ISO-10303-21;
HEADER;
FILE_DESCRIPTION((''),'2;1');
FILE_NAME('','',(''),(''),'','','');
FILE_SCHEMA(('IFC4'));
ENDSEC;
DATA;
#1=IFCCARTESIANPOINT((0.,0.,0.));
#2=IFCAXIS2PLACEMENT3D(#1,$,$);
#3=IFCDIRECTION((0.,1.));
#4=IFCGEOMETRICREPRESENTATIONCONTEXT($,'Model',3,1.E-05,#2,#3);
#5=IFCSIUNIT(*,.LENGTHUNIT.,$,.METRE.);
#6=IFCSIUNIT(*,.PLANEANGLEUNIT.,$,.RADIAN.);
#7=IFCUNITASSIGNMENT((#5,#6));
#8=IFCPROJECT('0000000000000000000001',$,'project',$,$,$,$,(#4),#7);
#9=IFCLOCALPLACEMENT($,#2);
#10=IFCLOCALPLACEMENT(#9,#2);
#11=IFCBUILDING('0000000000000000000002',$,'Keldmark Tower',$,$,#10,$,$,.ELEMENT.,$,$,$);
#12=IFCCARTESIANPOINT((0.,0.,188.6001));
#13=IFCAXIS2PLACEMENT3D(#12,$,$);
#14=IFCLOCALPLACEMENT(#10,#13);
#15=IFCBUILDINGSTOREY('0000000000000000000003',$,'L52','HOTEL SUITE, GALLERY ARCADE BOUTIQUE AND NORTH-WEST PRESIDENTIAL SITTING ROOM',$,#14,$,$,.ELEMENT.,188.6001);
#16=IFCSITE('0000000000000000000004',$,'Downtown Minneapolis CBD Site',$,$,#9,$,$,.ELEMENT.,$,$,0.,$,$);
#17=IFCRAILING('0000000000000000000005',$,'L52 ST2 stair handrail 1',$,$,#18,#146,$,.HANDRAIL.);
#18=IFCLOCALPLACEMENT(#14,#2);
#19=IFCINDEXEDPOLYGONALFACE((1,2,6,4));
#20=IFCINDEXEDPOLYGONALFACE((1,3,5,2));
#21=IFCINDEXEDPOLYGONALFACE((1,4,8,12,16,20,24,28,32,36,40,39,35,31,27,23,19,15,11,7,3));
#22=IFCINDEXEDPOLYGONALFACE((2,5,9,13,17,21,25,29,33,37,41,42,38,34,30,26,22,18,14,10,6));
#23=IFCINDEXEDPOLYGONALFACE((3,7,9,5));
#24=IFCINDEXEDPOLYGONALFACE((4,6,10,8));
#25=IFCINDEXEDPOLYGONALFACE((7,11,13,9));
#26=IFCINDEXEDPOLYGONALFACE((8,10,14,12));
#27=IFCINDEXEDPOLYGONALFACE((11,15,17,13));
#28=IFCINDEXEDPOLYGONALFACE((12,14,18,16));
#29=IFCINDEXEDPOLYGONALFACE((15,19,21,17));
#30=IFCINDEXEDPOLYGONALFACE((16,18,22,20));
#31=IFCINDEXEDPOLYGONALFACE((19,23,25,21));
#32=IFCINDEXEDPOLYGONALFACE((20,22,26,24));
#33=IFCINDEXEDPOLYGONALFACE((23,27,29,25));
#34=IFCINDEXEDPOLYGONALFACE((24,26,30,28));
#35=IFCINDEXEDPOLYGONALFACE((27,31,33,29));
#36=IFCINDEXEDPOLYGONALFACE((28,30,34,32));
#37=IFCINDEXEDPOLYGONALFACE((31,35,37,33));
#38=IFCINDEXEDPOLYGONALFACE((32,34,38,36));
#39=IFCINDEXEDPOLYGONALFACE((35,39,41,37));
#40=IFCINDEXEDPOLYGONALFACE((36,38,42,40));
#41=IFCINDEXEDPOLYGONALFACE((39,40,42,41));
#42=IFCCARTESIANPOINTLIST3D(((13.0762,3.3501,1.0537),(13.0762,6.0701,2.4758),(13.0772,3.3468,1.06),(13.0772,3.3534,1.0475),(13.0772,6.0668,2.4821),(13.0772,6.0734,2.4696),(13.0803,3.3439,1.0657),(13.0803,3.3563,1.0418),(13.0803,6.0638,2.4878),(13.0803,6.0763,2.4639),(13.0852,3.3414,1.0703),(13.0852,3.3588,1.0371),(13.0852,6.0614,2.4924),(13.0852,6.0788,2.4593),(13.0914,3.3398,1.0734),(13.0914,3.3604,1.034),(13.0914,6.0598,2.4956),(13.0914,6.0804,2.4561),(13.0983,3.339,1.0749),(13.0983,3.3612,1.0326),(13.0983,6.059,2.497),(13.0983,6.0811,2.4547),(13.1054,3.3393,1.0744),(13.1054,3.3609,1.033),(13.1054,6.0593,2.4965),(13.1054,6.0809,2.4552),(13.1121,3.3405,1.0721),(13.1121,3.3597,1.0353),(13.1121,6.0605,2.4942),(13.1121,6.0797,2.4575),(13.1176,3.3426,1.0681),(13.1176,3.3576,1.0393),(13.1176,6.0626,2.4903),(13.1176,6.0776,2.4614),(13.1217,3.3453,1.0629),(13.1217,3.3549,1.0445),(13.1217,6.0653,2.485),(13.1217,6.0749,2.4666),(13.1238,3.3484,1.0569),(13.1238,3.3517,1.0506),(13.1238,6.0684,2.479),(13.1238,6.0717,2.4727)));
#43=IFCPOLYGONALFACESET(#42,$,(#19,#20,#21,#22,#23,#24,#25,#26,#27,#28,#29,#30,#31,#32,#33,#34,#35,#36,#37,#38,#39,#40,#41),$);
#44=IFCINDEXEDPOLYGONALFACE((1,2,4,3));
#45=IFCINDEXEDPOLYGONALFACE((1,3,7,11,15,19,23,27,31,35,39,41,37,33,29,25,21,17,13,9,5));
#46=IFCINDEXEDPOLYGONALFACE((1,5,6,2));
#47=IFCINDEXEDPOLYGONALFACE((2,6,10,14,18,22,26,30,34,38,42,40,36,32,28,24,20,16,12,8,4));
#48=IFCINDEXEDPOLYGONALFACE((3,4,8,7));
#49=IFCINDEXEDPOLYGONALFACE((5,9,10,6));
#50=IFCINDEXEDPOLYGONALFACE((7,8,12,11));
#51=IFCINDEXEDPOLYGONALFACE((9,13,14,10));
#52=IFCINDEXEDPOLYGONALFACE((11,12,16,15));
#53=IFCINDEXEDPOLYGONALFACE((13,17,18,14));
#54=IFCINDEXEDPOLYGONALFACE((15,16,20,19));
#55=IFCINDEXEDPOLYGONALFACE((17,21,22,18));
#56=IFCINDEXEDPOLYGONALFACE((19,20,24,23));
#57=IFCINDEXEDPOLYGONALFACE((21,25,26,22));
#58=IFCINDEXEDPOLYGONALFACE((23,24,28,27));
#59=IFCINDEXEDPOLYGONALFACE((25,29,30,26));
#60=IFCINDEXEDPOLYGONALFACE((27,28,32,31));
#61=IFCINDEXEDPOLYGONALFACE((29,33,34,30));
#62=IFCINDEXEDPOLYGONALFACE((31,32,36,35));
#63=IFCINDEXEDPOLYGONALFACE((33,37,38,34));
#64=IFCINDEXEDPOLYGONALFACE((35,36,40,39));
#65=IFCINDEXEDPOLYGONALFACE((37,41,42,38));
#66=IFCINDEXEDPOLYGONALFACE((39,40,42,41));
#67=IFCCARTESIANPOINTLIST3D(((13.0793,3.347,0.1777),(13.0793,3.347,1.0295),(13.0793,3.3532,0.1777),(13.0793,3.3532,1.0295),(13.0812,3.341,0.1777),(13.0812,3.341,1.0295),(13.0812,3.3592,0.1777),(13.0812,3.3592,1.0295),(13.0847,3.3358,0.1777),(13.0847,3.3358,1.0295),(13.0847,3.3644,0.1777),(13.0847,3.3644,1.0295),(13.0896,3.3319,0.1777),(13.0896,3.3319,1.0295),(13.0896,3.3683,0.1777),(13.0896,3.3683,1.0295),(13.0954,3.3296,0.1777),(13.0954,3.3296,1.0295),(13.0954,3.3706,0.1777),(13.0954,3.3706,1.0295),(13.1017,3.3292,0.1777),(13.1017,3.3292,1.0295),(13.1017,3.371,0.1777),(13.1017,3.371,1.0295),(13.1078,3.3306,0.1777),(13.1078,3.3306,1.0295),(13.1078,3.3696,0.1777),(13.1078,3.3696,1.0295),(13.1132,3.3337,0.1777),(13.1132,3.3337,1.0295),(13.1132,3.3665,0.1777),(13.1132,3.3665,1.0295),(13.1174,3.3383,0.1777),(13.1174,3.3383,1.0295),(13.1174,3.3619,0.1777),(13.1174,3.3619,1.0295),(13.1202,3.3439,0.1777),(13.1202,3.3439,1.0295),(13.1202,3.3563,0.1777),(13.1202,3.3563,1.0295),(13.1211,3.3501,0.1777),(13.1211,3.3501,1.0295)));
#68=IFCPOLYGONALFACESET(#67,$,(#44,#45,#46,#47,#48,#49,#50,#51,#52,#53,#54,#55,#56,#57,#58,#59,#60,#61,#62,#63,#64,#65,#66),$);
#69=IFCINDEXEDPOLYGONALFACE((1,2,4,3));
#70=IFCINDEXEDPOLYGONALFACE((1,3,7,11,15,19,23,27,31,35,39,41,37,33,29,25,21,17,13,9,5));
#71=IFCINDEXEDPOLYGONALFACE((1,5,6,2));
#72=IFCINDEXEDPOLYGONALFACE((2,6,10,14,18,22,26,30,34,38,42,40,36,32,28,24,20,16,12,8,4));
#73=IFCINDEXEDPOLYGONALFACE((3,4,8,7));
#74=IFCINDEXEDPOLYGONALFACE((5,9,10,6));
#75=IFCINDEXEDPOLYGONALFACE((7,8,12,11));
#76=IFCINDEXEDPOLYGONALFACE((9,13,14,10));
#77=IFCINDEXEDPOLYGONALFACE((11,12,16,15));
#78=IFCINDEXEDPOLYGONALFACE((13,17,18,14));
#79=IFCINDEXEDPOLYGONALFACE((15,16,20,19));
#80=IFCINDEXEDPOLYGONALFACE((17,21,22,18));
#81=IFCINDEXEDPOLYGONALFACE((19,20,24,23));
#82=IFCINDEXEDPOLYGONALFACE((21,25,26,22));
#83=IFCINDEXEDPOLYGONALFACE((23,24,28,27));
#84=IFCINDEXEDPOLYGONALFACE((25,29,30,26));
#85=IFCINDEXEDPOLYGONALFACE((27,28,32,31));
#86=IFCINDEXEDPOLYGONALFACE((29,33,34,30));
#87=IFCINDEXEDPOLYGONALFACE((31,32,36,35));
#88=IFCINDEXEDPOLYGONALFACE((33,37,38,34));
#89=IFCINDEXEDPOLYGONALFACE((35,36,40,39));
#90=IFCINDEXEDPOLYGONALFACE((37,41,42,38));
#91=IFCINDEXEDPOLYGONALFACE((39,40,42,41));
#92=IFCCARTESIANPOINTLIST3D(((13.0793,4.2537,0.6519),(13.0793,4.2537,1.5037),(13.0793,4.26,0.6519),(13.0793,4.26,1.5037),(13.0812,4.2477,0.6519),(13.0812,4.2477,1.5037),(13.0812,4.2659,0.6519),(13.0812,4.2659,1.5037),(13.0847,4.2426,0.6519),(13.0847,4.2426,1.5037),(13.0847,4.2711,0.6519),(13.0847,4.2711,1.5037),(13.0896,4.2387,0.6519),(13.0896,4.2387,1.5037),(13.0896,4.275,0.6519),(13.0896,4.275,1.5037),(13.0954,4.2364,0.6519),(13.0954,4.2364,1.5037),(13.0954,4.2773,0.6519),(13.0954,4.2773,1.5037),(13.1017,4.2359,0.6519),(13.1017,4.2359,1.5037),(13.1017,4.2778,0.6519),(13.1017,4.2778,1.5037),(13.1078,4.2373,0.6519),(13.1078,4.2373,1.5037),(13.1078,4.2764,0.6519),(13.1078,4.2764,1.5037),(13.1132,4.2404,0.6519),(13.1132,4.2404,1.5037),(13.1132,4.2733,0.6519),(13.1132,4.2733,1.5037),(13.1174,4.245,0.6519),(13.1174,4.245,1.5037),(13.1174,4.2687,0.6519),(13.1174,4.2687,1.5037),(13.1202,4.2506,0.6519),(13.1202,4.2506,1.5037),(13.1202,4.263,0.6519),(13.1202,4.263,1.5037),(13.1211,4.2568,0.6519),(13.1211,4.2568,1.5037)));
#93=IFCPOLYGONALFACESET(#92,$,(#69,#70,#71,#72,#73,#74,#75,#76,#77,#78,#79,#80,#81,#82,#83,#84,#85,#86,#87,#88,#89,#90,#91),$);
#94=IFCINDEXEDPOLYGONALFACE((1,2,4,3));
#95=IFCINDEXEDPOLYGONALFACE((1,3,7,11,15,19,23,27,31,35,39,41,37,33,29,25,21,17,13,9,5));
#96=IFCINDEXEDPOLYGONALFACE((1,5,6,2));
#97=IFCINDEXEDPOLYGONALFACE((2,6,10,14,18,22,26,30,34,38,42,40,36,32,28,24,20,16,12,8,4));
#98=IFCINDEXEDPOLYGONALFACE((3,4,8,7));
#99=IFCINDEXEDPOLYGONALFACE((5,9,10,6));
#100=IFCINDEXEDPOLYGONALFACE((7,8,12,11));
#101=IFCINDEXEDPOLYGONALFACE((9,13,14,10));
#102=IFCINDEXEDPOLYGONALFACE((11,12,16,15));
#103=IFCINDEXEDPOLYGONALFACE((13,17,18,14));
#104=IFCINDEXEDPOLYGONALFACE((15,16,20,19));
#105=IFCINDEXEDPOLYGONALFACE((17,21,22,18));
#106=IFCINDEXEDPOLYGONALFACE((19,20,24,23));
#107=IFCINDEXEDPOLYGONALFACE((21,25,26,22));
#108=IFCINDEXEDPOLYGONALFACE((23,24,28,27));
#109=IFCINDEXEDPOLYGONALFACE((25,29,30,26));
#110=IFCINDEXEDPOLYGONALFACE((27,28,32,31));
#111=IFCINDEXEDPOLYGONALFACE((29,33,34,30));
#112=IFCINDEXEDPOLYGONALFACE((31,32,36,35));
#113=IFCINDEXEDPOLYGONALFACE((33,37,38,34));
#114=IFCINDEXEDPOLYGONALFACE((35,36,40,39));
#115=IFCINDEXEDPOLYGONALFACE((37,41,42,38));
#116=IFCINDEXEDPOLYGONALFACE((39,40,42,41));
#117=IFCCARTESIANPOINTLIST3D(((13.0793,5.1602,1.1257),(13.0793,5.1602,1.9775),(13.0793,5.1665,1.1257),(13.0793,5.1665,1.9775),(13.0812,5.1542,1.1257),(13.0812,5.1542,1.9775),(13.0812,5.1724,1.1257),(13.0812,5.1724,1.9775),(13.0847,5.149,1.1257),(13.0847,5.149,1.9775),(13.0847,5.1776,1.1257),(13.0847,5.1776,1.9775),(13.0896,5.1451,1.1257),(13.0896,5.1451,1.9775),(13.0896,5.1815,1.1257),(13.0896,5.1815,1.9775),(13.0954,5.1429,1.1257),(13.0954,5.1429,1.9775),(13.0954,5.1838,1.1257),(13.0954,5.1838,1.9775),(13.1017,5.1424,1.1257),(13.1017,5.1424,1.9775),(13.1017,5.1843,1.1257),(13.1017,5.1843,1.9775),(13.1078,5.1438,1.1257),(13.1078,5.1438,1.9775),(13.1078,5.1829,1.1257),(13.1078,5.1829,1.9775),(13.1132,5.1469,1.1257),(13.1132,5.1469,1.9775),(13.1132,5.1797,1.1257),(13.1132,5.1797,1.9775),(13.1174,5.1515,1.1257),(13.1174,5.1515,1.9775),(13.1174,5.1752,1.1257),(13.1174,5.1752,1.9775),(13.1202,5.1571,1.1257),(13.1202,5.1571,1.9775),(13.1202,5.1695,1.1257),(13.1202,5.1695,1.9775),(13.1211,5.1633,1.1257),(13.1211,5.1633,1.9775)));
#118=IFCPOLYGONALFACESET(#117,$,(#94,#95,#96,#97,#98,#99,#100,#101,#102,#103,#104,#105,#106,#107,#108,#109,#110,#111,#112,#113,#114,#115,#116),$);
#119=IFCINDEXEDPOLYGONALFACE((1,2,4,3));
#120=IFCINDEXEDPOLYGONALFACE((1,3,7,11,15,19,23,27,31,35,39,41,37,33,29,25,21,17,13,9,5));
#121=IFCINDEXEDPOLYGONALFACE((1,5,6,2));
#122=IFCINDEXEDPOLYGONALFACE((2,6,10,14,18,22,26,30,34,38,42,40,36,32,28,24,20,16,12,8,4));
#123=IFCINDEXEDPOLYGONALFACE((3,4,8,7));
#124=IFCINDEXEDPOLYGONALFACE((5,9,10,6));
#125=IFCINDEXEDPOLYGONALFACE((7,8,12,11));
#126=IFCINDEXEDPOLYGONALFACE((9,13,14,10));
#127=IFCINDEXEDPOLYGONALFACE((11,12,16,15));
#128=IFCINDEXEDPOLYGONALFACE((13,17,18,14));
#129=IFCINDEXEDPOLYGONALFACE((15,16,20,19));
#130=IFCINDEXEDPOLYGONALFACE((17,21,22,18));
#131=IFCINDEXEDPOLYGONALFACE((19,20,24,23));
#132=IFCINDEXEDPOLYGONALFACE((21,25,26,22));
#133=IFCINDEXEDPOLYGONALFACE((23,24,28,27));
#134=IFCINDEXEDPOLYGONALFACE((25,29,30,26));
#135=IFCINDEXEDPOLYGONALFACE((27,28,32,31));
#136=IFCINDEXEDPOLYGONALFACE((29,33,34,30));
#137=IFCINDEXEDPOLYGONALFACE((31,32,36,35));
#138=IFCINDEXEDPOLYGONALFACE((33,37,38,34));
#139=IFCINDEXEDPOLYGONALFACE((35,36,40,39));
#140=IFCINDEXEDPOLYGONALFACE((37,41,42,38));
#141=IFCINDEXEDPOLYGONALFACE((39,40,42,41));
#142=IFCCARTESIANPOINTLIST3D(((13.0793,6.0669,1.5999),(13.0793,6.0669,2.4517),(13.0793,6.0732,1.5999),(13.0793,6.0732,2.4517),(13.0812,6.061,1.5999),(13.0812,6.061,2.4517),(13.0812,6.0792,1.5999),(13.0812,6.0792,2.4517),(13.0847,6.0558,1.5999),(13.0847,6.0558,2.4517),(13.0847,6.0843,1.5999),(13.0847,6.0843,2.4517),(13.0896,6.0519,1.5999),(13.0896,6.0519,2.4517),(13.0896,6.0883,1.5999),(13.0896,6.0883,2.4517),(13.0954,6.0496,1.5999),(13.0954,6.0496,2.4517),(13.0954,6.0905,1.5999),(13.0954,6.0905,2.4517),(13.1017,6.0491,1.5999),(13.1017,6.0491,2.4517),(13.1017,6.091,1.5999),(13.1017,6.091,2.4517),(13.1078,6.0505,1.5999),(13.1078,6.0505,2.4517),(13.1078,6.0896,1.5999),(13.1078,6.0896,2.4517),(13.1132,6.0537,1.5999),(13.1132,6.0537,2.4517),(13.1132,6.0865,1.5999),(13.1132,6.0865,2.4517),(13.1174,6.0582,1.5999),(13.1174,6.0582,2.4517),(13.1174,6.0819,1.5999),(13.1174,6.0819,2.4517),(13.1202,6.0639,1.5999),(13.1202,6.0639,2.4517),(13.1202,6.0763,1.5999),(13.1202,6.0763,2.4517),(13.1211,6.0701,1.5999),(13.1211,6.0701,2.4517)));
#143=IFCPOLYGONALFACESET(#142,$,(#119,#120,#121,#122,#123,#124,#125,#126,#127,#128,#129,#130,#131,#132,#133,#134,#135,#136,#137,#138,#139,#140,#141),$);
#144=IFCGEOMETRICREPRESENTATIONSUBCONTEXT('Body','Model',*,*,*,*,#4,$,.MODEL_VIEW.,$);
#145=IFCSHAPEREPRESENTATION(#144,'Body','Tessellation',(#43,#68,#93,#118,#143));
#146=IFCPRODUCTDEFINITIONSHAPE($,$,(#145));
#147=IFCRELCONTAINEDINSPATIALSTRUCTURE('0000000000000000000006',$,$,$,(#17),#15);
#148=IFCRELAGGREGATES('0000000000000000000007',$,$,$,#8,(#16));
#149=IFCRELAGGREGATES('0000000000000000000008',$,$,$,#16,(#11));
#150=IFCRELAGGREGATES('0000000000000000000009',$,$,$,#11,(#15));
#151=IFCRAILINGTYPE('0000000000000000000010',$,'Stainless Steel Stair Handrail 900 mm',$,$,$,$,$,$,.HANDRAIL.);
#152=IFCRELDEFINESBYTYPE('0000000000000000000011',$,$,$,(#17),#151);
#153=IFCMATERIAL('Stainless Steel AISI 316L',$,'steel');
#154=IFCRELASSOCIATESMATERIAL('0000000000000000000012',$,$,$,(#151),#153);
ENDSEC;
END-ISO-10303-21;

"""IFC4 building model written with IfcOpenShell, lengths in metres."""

from ifc_helpers import new_model, si_unit, direction, frame, origin, origin_2d, place, context, subcontext, project, spatial, circle, extrude, material, type_object, element, save


model = new_model("IFC4")

# Units and contexts
model_context = context("Model", 3, precision=1e-05, world=origin(), true_north=direction((0.0, 1.0)))
body_context = subcontext(model_context, "Body", "Model", "MODEL_VIEW")
ifc_project = project(units=[si_unit("LENGTHUNIT", "METRE"), si_unit("PLANEANGLEUNIT", "RADIAN")], contexts=[model_context])

# Site, building, storey
site_placement = place(None, origin())
site = spatial("IfcSite", under=ifc_project, at=site_placement, Name="Downtown Minneapolis CBD Site", CompositionType="ELEMENT", RefElevation=0.0)
building_placement = place(site_placement, origin())
building = spatial("IfcBuilding", under=site, at=building_placement, Name="Keldmark Tower", CompositionType="ELEMENT")
storey_placement = place(building_placement, frame((0.0, 0.0, 188.6001)))
storey = spatial("IfcBuildingStorey", under=building, at=storey_placement, Name="L52", Description="HOTEL SUITE, GALLERY ARCADE BOUTIQUE AND NORTH-WEST PRESIDENTIAL SITTING ROOM", CompositionType="ELEMENT", Elevation=188.6001)

# Railing
ifc_material_1 = material(Name="Stainless Steel AISI 316L", Category="steel")
railing_type_1 = type_object("IfcRailingType", Name="Stainless Steel Stair Handrail 900 mm", PredefinedType="HANDRAIL", material=ifc_material_1)
railing_1_placement = place(storey_placement, frame((13.1001, 3.3501, 0.1777)))
element("IfcRailing", 1, at=railing_1_placement, inside=storey, type_object=railing_type_1, Name="L52 ST2 stair handrail 1", PredefinedType="HANDRAIL", context=body_context, shape_type="SweptSolid", body=[
    extrude(circle(Radius=0.0239, at=origin_2d()), frame((0.0, 0.0, 0.876), z_axis=(0.0, 0.886183, 0.463335), x_axis=(-1.0, 0.0, 0.0)), (0.0, 0.0, 1.0), 3.0693),
    extrude(circle(Radius=0.021, at=origin_2d()), origin(), (0.0, 0.0, 1.0), 0.8518),
    extrude(circle(Radius=0.021, at=origin_2d()), frame((0.0, 0.9067, 0.4741)), (0.0, 0.0, 1.0), 0.8518),
    extrude(circle(Radius=0.021, at=origin_2d()), frame((0.0, 1.8132, 0.948)), (0.0, 0.0, 1.0), 0.8518),
    extrude(circle(Radius=0.021, at=origin_2d()), frame((0.0, 2.72, 1.4221)), (0.0, 0.0, 1.0), 0.8518),
])

save(model, "model.ifc")
